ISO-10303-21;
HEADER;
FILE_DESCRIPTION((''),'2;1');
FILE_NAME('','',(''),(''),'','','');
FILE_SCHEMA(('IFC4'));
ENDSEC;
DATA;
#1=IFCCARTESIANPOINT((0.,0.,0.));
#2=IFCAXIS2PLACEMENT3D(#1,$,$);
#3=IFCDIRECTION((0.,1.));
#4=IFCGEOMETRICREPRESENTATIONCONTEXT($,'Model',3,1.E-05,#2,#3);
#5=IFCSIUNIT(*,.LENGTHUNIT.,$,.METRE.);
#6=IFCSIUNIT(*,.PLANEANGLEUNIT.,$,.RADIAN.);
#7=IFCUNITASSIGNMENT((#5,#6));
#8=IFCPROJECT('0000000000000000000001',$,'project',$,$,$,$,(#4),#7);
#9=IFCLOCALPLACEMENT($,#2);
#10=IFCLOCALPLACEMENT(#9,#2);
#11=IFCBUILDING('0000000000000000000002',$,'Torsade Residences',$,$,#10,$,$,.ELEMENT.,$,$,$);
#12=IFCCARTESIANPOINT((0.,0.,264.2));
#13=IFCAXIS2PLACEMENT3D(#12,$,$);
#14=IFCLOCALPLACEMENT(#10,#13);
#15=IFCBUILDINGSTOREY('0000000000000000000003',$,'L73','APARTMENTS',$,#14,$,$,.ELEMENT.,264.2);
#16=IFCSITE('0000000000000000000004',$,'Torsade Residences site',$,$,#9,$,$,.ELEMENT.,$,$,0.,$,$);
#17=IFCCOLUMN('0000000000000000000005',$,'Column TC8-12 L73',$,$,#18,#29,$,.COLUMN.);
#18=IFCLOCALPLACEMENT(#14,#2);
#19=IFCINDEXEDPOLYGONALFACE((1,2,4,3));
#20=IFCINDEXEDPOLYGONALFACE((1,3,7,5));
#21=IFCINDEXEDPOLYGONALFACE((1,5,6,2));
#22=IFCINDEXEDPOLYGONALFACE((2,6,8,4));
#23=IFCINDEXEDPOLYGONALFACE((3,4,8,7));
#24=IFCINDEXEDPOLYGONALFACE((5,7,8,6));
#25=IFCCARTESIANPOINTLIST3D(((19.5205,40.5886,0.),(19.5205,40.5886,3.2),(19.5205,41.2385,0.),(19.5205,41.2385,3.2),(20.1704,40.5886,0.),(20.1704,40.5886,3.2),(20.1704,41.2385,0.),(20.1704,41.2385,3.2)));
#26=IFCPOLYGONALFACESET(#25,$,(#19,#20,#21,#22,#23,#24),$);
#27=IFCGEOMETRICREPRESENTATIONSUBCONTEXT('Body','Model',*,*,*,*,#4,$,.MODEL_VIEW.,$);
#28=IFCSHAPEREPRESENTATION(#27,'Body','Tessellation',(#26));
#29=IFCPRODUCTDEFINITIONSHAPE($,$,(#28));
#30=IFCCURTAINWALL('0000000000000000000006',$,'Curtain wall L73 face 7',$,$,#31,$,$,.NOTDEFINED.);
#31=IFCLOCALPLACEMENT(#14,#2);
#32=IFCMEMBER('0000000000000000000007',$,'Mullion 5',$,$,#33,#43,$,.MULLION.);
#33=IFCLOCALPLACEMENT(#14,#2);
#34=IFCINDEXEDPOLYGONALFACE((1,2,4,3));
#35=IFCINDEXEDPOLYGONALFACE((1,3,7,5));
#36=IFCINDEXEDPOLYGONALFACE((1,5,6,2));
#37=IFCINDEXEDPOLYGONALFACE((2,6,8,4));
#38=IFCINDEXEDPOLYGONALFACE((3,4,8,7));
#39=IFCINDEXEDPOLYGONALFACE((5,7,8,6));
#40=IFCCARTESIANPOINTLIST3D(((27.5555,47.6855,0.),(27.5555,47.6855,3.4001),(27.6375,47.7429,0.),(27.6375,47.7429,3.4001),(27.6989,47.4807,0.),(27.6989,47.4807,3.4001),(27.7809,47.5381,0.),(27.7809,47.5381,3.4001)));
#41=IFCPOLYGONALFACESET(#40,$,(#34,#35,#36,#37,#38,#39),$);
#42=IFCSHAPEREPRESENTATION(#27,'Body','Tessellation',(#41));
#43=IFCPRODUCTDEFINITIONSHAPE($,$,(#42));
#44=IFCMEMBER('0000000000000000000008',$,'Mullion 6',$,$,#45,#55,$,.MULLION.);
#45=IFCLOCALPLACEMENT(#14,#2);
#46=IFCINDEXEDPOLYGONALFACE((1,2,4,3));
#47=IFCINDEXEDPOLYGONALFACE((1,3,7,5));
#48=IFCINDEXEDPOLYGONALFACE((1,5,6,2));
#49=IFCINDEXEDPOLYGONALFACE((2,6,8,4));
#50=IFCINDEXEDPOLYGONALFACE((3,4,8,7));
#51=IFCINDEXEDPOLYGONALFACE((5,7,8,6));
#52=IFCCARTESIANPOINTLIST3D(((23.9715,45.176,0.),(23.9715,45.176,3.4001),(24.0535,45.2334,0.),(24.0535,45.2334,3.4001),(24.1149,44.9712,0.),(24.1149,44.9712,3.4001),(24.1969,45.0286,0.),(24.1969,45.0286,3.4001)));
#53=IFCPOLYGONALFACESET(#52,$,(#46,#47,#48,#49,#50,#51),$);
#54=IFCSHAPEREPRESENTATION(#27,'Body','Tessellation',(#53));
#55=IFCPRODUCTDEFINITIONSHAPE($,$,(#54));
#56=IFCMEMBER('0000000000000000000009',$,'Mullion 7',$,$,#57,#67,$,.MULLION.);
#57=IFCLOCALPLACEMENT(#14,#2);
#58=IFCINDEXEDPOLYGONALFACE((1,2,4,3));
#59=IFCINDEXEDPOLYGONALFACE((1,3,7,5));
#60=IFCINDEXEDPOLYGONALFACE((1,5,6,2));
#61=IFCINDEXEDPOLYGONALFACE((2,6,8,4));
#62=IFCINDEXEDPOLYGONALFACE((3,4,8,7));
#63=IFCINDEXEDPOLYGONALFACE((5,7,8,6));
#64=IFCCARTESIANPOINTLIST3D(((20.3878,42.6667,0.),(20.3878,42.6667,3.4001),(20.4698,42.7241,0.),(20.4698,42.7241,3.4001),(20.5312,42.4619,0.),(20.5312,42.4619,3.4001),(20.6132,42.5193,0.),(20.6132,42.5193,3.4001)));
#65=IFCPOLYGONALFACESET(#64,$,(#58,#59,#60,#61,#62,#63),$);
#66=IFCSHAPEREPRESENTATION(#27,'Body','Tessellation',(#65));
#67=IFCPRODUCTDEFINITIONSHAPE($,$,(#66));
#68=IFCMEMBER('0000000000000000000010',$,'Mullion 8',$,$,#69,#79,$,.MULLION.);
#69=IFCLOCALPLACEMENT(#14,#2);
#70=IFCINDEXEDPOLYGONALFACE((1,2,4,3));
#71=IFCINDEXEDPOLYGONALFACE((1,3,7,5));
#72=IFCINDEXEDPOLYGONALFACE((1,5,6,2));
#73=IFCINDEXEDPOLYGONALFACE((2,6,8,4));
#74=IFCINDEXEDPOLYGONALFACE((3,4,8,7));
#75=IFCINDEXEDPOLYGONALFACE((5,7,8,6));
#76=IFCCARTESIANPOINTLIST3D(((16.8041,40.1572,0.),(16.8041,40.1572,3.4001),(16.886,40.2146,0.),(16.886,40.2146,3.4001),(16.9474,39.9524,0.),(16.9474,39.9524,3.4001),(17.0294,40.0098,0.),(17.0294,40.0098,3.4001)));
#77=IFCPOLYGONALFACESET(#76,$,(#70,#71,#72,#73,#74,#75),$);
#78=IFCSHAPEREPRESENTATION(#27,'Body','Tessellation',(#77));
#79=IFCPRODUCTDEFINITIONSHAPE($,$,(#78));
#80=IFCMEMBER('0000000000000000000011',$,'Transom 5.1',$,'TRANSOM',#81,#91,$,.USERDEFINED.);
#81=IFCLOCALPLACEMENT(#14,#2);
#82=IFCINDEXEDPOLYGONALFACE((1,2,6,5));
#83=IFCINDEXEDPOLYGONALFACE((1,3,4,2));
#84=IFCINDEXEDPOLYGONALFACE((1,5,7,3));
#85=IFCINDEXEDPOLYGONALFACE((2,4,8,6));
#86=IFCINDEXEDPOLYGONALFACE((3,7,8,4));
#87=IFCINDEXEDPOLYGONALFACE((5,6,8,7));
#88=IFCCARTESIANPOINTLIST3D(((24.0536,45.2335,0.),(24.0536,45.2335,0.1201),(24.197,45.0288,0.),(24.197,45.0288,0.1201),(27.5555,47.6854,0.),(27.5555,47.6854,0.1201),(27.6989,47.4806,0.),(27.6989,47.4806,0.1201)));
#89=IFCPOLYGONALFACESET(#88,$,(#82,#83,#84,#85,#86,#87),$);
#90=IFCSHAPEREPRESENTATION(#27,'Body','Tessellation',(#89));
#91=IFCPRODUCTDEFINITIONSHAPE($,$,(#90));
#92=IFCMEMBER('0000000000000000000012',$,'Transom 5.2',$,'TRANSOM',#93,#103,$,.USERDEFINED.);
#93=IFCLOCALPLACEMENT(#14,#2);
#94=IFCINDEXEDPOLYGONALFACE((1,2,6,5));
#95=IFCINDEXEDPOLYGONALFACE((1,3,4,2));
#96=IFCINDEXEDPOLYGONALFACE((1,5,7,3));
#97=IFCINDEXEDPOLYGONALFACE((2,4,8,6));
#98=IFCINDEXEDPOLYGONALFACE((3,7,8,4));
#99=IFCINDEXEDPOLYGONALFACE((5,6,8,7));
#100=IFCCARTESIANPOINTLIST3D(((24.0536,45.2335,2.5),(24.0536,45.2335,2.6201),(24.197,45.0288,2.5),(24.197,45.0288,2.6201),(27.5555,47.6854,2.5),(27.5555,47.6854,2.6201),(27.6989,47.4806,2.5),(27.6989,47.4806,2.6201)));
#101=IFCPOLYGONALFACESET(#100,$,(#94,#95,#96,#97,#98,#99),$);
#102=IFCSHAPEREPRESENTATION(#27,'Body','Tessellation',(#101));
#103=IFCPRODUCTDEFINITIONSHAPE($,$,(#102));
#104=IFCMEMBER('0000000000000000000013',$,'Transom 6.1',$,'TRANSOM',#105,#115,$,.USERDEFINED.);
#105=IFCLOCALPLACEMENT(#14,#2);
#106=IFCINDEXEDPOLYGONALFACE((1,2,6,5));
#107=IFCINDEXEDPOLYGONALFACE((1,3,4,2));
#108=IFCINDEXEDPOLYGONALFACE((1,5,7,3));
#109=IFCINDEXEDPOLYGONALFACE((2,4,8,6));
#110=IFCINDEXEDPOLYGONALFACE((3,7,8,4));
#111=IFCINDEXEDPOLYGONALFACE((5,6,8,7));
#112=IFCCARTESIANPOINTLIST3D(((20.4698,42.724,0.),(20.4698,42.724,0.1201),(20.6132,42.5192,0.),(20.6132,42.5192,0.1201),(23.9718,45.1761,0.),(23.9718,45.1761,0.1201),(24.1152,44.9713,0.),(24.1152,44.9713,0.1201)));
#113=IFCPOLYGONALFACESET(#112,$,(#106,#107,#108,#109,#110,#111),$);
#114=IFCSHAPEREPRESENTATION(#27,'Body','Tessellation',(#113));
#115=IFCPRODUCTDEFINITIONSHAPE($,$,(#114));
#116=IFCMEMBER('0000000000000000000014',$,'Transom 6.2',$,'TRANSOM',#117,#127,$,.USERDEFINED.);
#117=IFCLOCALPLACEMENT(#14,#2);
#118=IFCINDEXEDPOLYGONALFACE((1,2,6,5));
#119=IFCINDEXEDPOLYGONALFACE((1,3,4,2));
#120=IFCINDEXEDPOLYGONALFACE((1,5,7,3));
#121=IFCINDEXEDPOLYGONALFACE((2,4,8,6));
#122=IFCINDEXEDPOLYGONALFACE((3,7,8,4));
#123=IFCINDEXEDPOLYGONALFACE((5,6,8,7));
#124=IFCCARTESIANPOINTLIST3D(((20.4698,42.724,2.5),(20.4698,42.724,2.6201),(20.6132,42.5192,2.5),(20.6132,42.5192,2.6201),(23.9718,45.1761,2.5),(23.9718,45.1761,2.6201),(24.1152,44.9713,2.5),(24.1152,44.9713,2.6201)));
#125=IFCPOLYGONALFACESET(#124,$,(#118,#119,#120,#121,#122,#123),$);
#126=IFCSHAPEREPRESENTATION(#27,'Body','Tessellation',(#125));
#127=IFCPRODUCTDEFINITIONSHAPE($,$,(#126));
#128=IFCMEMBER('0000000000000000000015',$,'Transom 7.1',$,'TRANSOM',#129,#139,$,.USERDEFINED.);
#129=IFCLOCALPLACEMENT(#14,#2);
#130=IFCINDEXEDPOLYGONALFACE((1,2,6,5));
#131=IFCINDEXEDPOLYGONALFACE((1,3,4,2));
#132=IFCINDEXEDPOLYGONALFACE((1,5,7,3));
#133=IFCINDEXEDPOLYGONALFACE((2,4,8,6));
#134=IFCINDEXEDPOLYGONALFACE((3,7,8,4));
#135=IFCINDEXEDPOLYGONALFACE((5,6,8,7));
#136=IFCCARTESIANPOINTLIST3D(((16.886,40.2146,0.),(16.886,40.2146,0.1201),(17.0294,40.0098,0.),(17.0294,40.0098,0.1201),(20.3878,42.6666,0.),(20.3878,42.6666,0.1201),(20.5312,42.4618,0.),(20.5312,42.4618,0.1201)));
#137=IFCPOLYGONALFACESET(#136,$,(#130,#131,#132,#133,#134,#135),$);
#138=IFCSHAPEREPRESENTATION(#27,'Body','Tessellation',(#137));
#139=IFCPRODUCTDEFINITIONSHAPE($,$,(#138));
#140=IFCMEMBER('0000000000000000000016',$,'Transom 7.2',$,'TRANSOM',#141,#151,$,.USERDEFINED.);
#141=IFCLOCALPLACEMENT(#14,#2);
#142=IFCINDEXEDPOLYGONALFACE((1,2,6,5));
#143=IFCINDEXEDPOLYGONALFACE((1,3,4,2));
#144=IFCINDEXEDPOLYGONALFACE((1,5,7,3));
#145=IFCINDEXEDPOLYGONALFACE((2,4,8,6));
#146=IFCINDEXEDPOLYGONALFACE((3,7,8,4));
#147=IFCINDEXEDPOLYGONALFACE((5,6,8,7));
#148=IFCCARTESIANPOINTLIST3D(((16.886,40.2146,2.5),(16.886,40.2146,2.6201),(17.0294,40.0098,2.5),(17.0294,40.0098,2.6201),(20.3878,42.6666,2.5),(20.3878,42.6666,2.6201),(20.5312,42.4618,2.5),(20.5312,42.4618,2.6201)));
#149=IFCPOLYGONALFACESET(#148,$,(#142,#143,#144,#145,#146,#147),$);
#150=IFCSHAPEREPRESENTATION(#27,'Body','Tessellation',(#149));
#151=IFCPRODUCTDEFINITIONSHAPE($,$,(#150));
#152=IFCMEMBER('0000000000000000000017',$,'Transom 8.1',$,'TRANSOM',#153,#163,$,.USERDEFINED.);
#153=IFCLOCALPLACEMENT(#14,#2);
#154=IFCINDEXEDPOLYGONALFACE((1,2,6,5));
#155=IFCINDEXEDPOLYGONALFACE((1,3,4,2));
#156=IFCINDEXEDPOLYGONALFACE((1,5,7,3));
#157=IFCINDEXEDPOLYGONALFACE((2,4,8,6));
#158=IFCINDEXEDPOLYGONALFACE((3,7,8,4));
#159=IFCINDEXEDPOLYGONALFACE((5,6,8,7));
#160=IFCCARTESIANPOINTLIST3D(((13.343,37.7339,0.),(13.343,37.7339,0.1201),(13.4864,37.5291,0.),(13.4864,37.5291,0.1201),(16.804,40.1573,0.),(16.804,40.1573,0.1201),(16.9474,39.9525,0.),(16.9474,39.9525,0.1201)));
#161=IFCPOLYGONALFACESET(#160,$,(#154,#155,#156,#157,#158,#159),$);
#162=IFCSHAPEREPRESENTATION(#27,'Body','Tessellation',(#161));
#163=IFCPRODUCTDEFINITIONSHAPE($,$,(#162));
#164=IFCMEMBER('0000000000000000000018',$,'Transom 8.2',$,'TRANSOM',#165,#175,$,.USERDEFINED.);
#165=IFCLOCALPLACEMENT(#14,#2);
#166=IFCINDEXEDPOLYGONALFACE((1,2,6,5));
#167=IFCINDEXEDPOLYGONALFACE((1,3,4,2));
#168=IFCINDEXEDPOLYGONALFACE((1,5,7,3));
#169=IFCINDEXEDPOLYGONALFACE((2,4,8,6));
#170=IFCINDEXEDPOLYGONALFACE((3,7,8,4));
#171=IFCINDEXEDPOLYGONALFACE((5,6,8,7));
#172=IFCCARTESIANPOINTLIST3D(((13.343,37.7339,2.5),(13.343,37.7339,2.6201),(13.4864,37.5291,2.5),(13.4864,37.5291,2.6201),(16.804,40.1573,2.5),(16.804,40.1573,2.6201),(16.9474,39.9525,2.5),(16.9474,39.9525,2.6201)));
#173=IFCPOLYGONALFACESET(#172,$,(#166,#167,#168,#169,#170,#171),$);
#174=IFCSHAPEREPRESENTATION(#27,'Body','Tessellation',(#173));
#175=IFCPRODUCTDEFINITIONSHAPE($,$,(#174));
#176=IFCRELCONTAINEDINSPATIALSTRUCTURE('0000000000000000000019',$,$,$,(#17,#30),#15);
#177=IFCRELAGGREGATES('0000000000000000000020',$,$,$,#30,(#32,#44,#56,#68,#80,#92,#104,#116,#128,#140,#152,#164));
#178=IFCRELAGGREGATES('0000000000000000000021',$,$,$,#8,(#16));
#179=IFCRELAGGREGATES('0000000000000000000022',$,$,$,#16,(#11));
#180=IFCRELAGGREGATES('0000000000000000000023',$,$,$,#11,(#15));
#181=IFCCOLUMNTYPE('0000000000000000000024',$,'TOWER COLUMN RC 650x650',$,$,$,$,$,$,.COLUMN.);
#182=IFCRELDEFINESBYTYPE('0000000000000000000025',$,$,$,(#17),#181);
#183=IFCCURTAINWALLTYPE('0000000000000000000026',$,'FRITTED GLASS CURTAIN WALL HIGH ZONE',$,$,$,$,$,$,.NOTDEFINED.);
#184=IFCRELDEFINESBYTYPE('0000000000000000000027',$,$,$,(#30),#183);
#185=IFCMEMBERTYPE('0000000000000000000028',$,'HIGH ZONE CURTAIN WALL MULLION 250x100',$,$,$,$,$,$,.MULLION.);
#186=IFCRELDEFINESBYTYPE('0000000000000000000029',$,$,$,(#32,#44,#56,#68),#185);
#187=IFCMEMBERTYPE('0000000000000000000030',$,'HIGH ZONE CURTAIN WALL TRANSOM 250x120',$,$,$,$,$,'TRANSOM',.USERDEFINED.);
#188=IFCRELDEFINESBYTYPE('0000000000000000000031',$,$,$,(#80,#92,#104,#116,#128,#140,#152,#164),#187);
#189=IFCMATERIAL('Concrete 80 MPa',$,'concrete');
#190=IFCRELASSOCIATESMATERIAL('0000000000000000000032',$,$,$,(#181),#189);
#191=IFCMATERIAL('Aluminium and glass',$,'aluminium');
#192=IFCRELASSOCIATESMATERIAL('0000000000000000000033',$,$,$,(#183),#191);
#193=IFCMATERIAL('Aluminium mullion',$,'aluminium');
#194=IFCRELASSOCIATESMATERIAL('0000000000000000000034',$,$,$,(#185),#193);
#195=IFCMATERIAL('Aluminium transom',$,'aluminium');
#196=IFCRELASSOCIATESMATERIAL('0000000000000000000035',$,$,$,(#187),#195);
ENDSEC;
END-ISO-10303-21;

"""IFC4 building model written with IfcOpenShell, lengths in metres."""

from ifc_helpers import new_model, si_unit, direction, frame, origin, origin_2d, place, context, subcontext, project, spatial, rectangle, extrude, material, material_profile, profile_set, type_object, element, aggregate, save


model = new_model("IFC4")

# Units and contexts
model_context = context("Model", 3, precision=1e-05, world=origin(), true_north=direction((0.0, 1.0)))
body_context = subcontext(model_context, "Body", "Model", "MODEL_VIEW")
ifc_project = project(units=[si_unit("LENGTHUNIT", "METRE"), si_unit("PLANEANGLEUNIT", "RADIAN")], contexts=[model_context])

# Site, building, storey
site_placement = place(None, origin())
site = spatial("IfcSite", under=ifc_project, at=site_placement, Name="Torsade Residences site", CompositionType="ELEMENT", RefElevation=0.0)
building_placement = place(site_placement, origin())
building = spatial("IfcBuilding", under=site, at=building_placement, Name="Torsade Residences", CompositionType="ELEMENT")
storey_placement = place(building_placement, frame((0.0, 0.0, 264.2)))
storey = spatial("IfcBuildingStorey", under=building, at=storey_placement, Name="L73", Description="APARTMENTS", CompositionType="ELEMENT", Elevation=264.2)

# Column
ifc_material_1 = material(Name="Concrete 80 MPa", Category="concrete")
ifc_material_profile_1 = material_profile(ifc_material_1, rectangle(XDim=0.6499, YDim=0.6499, at=origin_2d()), Name="RC 650x650")
ifc_profile_set_1 = profile_set([ifc_material_profile_1], Name="Concrete 80 MPa")
column_type = type_object("IfcColumnType", Name="TOWER COLUMN RC 650x650", PredefinedType="COLUMN", material=ifc_profile_set_1)
column_placement = place(storey_placement, frame((19.8455, 40.9136, 0.0), z_axis=(0.0, 0.0, 1.0), x_axis=(1.0, 0.0, 0.0)))
element("IfcColumn", 1, at=column_placement, inside=storey, type_object=column_type, Name="Column TC8-12 L73", PredefinedType="COLUMN", context=body_context, shape_type="SweptSolid", body=[
    extrude(rectangle(XDim=0.6499, YDim=0.6499, at=origin_2d()), origin(), (0.0, 0.0, 1.0), 3.2),
])

# Curtain wall, members
ifc_material_2 = material(Name="Aluminium and glass", Category="aluminium")
curtain_wall_type = type_object("IfcCurtainWallType", Name="FRITTED GLASS CURTAIN WALL HIGH ZONE", PredefinedType="NOTDEFINED", material=ifc_material_2)
curtain_wall_placement = place(storey_placement, origin())
curtain_wall = element("IfcCurtainWall", 2, at=curtain_wall_placement, inside=storey, type_object=curtain_wall_type, Name="Curtain wall L73 face 7", PredefinedType="NOTDEFINED")
ifc_material_3 = material(Name="Aluminium mullion", Category="aluminium")
ifc_material_profile_2 = material_profile(ifc_material_3, rectangle(XDim=0.25, YDim=0.1001, at=origin_2d()), Name="HIGH ZONE CURTAIN WALL MULLION 250x100")
ifc_profile_set_2 = profile_set([ifc_material_profile_2], Name="Aluminium mullion")
member_type_1 = type_object("IfcMemberType", Name="HIGH ZONE CURTAIN WALL MULLION 250x100", PredefinedType="MULLION", material=ifc_profile_set_2)
member_1_placement = place(storey_placement, frame((27.6682, 47.6118, 0.0), z_axis=(0.0, 0.0, 1.0), x_axis=(0.573576, -0.819152, 0.0)))
member_1 = element("IfcMember", 3, at=member_1_placement, type_object=member_type_1, Name="Mullion 5", PredefinedType="MULLION", context=body_context, shape_type="SweptSolid", body=[
    extrude(rectangle(XDim=0.25, YDim=0.1001, at=origin_2d()), origin(), (0.0, 0.0, 1.0), 3.4001),
])
member_2_placement = place(storey_placement, frame((24.0842, 45.1023, 0.0), z_axis=(0.0, 0.0, 1.0), x_axis=(0.573576, -0.819152, 0.0)))
member_2 = element("IfcMember", 4, at=member_2_placement, type_object=member_type_1, Name="Mullion 6", PredefinedType="MULLION", context=body_context, shape_type="SweptSolid", body=[
    extrude(rectangle(XDim=0.25, YDim=0.1001, at=origin_2d()), origin(), (0.0, 0.0, 1.0), 3.4001),
])
member_3_placement = place(storey_placement, frame((20.5005, 42.593, 0.0), z_axis=(0.0, 0.0, 1.0), x_axis=(0.573576, -0.819152, 0.0)))
member_3 = element("IfcMember", 5, at=member_3_placement, type_object=member_type_1, Name="Mullion 7", PredefinedType="MULLION", context=body_context, shape_type="SweptSolid", body=[
    extrude(rectangle(XDim=0.25, YDim=0.1001, at=origin_2d()), origin(), (0.0, 0.0, 1.0), 3.4001),
])
member_4_placement = place(storey_placement, frame((16.9167, 40.0835, 0.0), z_axis=(0.0, 0.0, 1.0), x_axis=(0.573576, -0.819152, 0.0)))
member_4 = element("IfcMember", 6, at=member_4_placement, type_object=member_type_1, Name="Mullion 8", PredefinedType="MULLION", context=body_context, shape_type="SweptSolid", body=[
    extrude(rectangle(XDim=0.25, YDim=0.1001, at=origin_2d()), origin(), (0.0, 0.0, 1.0), 3.4001),
])
ifc_material_4 = material(Name="Aluminium transom", Category="aluminium")
ifc_material_profile_3 = material_profile(ifc_material_4, rectangle(XDim=0.25, YDim=0.1201, at=origin_2d()), Name="HIGH ZONE CURTAIN WALL TRANSOM 250x120")
ifc_profile_set_3 = profile_set([ifc_material_profile_3], Name="Aluminium transom")
member_type_2 = type_object("IfcMemberType", Name="HIGH ZONE CURTAIN WALL TRANSOM 250x120", ElementType="TRANSOM", PredefinedType="USERDEFINED", material=ifc_profile_set_3)
member_5_placement = place(storey_placement, frame((27.6272, 47.583, 0.0601), z_axis=(-0.819173, -0.573547, 0.0), x_axis=(0.573547, -0.819173, 0.0)))
member_5 = element("IfcMember", 7, at=member_5_placement, type_object=member_type_2, Name="Transom 5.1", ObjectType="TRANSOM", PredefinedType="USERDEFINED", context=body_context, shape_type="SweptSolid", body=[
    extrude(rectangle(XDim=0.25, YDim=0.1201, at=origin_2d()), origin(), (0.0, 0.0, 1.0), 4.2749),
])
member_6_placement = place(storey_placement, frame((27.6272, 47.583, 2.5601), z_axis=(-0.819173, -0.573547, 0.0), x_axis=(0.573547, -0.819173, 0.0)))
member_6 = element("IfcMember", 8, at=member_6_placement, type_object=member_type_2, Name="Transom 5.2", ObjectType="TRANSOM", PredefinedType="USERDEFINED", context=body_context, shape_type="SweptSolid", body=[
    extrude(rectangle(XDim=0.25, YDim=0.1201, at=origin_2d()), origin(), (0.0, 0.0, 1.0), 4.2749),
])
member_7_placement = place(storey_placement, frame((24.0435, 45.0737, 0.0601), z_axis=(-0.819146, -0.573585, 0.0), x_axis=(0.573585, -0.819146, 0.0)))
member_7 = element("IfcMember", 9, at=member_7_placement, type_object=member_type_2, Name="Transom 6.1", ObjectType="TRANSOM", PredefinedType="USERDEFINED", context=body_context, shape_type="SweptSolid", body=[
    extrude(rectangle(XDim=0.25, YDim=0.1201, at=origin_2d()), origin(), (0.0, 0.0, 1.0), 4.2751),
])
member_8_placement = place(storey_placement, frame((24.0435, 45.0737, 2.5601), z_axis=(-0.819146, -0.573585, 0.0), x_axis=(0.573585, -0.819146, 0.0)))
member_8 = element("IfcMember", 10, at=member_8_placement, type_object=member_type_2, Name="Transom 6.2", ObjectType="TRANSOM", PredefinedType="USERDEFINED", context=body_context, shape_type="SweptSolid", body=[
    extrude(rectangle(XDim=0.25, YDim=0.1201, at=origin_2d()), origin(), (0.0, 0.0, 1.0), 4.2751),
])
member_9_placement = place(storey_placement, frame((20.4595, 42.5642, 0.0601), z_axis=(-0.819154, -0.573573, 0.0), x_axis=(0.573573, -0.819154, 0.0)))
member_9 = element("IfcMember", 11, at=member_9_placement, type_object=member_type_2, Name="Transom 7.1", ObjectType="TRANSOM", PredefinedType="USERDEFINED", context=body_context, shape_type="SweptSolid", body=[
    extrude(rectangle(XDim=0.25, YDim=0.1201, at=origin_2d()), origin(), (0.0, 0.0, 1.0), 4.2749),
])
member_10_placement = place(storey_placement, frame((20.4595, 42.5642, 2.5601), z_axis=(-0.819154, -0.573573, 0.0), x_axis=(0.573573, -0.819154, 0.0)))
member_10 = element("IfcMember", 12, at=member_10_placement, type_object=member_type_2, Name="Transom 7.2", ObjectType="TRANSOM", PredefinedType="USERDEFINED", context=body_context, shape_type="SweptSolid", body=[
    extrude(rectangle(XDim=0.25, YDim=0.1201, at=origin_2d()), origin(), (0.0, 0.0, 1.0), 4.2749),
])
member_11_placement = place(storey_placement, frame((16.8757, 40.0549, 0.0601), z_axis=(-0.819156, -0.573571, 0.0), x_axis=(0.573571, -0.819156, 0.0)))
member_11 = element("IfcMember", 13, at=member_11_placement, type_object=member_type_2, Name="Transom 8.1", ObjectType="TRANSOM", PredefinedType="USERDEFINED", context=body_context, shape_type="SweptSolid", body=[
    extrude(rectangle(XDim=0.25, YDim=0.1201, at=origin_2d()), origin(), (0.0, 0.0, 1.0), 4.2251),
])
member_12_placement = place(storey_placement, frame((16.8757, 40.0549, 2.5601), z_axis=(-0.819156, -0.573571, 0.0), x_axis=(0.573571, -0.819156, 0.0)))
member_12 = element("IfcMember", 14, at=member_12_placement, type_object=member_type_2, Name="Transom 8.2", ObjectType="TRANSOM", PredefinedType="USERDEFINED", context=body_context, shape_type="SweptSolid", body=[
    extrude(rectangle(XDim=0.25, YDim=0.1201, at=origin_2d()), origin(), (0.0, 0.0, 1.0), 4.2251),
])

aggregate(curtain_wall, [member_1, member_2, member_3, member_4, member_5, member_6, member_7, member_8, member_9, member_10, member_11, member_12])

save(model, "model.ifc")
